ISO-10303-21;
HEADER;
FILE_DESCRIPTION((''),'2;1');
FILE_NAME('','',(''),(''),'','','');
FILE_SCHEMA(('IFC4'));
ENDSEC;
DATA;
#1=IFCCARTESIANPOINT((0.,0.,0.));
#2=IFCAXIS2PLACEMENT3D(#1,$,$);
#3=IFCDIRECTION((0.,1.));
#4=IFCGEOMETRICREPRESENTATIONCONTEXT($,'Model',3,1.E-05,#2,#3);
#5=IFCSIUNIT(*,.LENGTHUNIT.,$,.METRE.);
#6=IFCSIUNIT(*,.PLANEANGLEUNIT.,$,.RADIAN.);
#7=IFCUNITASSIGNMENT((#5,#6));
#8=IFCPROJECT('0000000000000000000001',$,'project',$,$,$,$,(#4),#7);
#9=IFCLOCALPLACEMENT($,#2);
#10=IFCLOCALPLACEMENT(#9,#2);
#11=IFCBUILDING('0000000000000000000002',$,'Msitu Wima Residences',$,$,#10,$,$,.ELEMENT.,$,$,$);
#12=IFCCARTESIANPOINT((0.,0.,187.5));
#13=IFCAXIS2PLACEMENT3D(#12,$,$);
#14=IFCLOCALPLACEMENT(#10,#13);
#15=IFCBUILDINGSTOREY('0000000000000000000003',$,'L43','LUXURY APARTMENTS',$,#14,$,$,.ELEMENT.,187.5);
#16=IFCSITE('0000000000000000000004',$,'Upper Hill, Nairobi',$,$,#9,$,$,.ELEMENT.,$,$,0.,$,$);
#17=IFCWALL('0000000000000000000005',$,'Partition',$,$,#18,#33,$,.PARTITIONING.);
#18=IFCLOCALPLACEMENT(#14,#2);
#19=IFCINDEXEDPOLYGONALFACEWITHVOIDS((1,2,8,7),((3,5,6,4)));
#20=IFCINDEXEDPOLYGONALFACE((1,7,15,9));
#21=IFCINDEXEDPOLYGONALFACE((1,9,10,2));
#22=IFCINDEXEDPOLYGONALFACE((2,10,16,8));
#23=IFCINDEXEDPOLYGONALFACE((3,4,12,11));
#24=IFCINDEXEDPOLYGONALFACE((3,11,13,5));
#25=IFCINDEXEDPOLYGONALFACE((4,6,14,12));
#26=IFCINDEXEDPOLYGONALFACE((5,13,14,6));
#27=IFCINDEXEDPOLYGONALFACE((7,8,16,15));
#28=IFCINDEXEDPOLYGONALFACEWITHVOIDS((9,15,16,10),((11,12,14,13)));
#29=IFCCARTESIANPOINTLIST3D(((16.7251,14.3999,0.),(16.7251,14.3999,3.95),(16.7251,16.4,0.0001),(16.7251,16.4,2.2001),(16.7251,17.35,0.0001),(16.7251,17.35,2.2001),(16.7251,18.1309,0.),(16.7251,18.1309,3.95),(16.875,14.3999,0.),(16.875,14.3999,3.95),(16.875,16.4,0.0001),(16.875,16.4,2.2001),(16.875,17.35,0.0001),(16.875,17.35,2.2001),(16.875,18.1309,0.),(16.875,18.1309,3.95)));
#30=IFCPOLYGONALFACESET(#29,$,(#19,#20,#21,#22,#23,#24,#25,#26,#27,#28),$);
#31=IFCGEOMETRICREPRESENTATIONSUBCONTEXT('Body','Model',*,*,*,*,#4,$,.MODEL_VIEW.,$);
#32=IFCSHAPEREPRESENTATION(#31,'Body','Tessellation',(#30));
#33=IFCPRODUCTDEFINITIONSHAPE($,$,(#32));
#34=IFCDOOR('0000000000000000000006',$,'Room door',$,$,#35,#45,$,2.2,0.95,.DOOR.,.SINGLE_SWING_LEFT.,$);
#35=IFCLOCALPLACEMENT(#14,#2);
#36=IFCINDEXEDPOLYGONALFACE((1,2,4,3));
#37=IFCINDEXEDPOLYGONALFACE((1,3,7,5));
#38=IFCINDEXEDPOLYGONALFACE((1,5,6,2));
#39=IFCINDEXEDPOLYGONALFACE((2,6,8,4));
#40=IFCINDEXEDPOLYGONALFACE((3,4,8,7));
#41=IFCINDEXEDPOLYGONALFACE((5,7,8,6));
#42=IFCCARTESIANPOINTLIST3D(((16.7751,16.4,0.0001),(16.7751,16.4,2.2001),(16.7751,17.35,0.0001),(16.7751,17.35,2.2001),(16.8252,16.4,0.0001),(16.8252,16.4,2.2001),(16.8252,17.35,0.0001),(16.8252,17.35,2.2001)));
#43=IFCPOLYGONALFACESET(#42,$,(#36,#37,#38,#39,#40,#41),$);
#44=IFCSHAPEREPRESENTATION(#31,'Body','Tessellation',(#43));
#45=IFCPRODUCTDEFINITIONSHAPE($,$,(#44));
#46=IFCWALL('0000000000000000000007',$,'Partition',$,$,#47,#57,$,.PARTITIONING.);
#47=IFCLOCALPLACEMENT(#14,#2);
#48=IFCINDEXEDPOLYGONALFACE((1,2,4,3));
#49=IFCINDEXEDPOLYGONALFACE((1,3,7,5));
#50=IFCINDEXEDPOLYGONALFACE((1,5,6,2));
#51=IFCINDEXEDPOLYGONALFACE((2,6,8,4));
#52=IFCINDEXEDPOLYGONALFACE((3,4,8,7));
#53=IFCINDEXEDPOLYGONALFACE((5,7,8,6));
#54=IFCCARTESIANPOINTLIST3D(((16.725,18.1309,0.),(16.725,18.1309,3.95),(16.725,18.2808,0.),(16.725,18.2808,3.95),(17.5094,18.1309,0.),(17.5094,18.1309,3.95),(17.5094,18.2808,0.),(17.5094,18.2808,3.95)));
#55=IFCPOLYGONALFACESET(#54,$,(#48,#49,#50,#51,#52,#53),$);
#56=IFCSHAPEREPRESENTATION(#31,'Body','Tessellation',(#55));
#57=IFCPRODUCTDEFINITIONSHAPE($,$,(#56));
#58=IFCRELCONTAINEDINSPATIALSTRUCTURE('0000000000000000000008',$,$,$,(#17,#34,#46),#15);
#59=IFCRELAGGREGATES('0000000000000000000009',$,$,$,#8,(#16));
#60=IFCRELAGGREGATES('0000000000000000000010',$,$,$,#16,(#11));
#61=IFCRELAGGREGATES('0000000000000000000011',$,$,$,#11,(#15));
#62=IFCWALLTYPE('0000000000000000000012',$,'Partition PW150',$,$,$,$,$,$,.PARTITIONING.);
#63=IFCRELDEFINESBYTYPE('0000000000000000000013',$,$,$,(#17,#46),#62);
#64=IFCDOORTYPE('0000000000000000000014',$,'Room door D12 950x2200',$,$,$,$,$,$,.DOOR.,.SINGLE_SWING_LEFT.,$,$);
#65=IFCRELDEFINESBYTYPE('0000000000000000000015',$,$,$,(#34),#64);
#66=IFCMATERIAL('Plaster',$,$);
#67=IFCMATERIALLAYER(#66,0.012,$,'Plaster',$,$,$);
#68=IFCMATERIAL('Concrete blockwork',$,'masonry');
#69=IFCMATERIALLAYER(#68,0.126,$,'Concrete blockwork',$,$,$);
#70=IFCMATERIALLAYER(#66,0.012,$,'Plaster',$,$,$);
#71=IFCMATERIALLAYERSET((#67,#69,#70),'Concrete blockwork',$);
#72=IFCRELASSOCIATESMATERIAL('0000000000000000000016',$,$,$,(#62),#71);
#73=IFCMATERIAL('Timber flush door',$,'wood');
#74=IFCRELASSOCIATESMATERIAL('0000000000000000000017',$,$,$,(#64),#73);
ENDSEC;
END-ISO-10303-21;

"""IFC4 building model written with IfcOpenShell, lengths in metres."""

from ifc_helpers import new_model, si_unit, direction, frame, frame_2d, origin, place, context, subcontext, project, spatial, rectangle, extrude, material, layer, layer_set, type_object, element, fill, save


model = new_model("IFC4")

# Units and contexts
model_context = context("Model", 3, precision=1e-05, world=origin(), true_north=direction((0.0, 1.0)))
body_context = subcontext(model_context, "Body", "Model", "MODEL_VIEW")
ifc_project = project(units=[si_unit("LENGTHUNIT", "METRE"), si_unit("PLANEANGLEUNIT", "RADIAN")], contexts=[model_context])

# Site, building, storey
site_placement = place(None, origin())
site = spatial("IfcSite", under=ifc_project, at=site_placement, Name="Upper Hill, Nairobi", CompositionType="ELEMENT", RefElevation=0.0)
building_placement = place(site_placement, origin())
building = spatial("IfcBuilding", under=site, at=building_placement, Name="Msitu Wima Residences", CompositionType="ELEMENT")
storey_placement = place(building_placement, frame((0.0, 0.0, 187.5)))
storey = spatial("IfcBuildingStorey", under=building, at=storey_placement, Name="L43", Description="LUXURY APARTMENTS", CompositionType="ELEMENT", Elevation=187.5)

# Shared definitions
ifc_material_1 = material(Name="Plaster")
ifc_material_2 = material(Name="Concrete blockwork", Category="masonry")

# Shared definitions
ifc_layer_1 = layer(ifc_material_1, 0.012, Name="Plaster")
ifc_layer_2 = layer(ifc_material_2, 0.126, Name="Concrete blockwork")
ifc_layer_3 = layer(ifc_material_1, 0.012, Name="Plaster")
ifc_layer_set_1 = layer_set([ifc_layer_1, ifc_layer_2, ifc_layer_3], Name="Concrete blockwork")
wall_type_1 = type_object("IfcWallType", Name="Partition PW150", PredefinedType="PARTITIONING", material=ifc_layer_set_1)
ifc_material_3 = material(Name="Timber flush door", Category="wood")
door_type_1 = type_object("IfcDoorType", Name="Room door D12 950x2200", OperationType="SINGLE_SWING_LEFT", PredefinedType="DOOR", material=ifc_material_3)

# Wall, opening, door
wall_1_placement = place(storey_placement, frame((16.8, 14.3999, 0.0), z_axis=(0.0, 0.0, 1.0), x_axis=(0.0, 1.0, 0.0)))
wall_1 = element("IfcWall", 1, at=wall_1_placement, inside=storey, type_object=wall_type_1, Name="Partition", PredefinedType="PARTITIONING", context=body_context, shape_type="SweptSolid", body=[
    extrude(rectangle(XDim=3.731, YDim=0.1499, at=frame_2d((1.8655, 0.0))), origin(), (0.0, 0.0, 1.0), 3.95),
])
opening_1_placement = place(wall_1_placement, frame((2.0, 0.0, 0.0)))
opening_1 = element("IfcOpeningElement", 2, at=opening_1_placement, cuts=wall_1, PredefinedType="OPENING", context=body_context, shape_type="SweptSolid", body=[
    extrude(rectangle(XDim=0.95, YDim=2.2, at=frame_2d((0.4751, 1.1001))), frame((0.0, 0.085, 0.0), z_axis=(0.0, -1.0, 0.0), x_axis=(1.0, 0.0, 0.0)), (0.0, 0.0, 1.0), 0.1699),
])
door_1_placement = place(opening_1_placement, origin())
door_1 = element("IfcDoor", 3, at=door_1_placement, inside=storey, type_object=door_type_1, Name="Room door", OperationType="SINGLE_SWING_LEFT", OverallHeight=2.2, OverallWidth=0.95, PredefinedType="DOOR", context=body_context, shape_type="SweptSolid", body=[
    extrude(rectangle(XDim=0.95, YDim=2.2, at=frame_2d((0.4751, 1.1001))), frame((0.0, 0.0249, 0.0), z_axis=(0.0, -1.0, 0.0), x_axis=(1.0, 0.0, 0.0)), (0.0, 0.0, 1.0), 0.05),
])
fill(opening_1, door_1)

# Wall
wall_2_placement = place(storey_placement, frame((16.7251, 18.2058, 0.0), z_axis=(0.0, 0.0, 1.0), x_axis=(1.0, 0.0, 0.0)))
element("IfcWall", 4, at=wall_2_placement, inside=storey, type_object=wall_type_1, Name="Partition", PredefinedType="PARTITIONING", context=body_context, shape_type="SweptSolid", body=[
    extrude(rectangle(XDim=0.7844, YDim=0.1499, at=frame_2d((0.3921, 0.0))), origin(), (0.0, 0.0, 1.0), 3.95),
])

save(model, "model.ifc")
